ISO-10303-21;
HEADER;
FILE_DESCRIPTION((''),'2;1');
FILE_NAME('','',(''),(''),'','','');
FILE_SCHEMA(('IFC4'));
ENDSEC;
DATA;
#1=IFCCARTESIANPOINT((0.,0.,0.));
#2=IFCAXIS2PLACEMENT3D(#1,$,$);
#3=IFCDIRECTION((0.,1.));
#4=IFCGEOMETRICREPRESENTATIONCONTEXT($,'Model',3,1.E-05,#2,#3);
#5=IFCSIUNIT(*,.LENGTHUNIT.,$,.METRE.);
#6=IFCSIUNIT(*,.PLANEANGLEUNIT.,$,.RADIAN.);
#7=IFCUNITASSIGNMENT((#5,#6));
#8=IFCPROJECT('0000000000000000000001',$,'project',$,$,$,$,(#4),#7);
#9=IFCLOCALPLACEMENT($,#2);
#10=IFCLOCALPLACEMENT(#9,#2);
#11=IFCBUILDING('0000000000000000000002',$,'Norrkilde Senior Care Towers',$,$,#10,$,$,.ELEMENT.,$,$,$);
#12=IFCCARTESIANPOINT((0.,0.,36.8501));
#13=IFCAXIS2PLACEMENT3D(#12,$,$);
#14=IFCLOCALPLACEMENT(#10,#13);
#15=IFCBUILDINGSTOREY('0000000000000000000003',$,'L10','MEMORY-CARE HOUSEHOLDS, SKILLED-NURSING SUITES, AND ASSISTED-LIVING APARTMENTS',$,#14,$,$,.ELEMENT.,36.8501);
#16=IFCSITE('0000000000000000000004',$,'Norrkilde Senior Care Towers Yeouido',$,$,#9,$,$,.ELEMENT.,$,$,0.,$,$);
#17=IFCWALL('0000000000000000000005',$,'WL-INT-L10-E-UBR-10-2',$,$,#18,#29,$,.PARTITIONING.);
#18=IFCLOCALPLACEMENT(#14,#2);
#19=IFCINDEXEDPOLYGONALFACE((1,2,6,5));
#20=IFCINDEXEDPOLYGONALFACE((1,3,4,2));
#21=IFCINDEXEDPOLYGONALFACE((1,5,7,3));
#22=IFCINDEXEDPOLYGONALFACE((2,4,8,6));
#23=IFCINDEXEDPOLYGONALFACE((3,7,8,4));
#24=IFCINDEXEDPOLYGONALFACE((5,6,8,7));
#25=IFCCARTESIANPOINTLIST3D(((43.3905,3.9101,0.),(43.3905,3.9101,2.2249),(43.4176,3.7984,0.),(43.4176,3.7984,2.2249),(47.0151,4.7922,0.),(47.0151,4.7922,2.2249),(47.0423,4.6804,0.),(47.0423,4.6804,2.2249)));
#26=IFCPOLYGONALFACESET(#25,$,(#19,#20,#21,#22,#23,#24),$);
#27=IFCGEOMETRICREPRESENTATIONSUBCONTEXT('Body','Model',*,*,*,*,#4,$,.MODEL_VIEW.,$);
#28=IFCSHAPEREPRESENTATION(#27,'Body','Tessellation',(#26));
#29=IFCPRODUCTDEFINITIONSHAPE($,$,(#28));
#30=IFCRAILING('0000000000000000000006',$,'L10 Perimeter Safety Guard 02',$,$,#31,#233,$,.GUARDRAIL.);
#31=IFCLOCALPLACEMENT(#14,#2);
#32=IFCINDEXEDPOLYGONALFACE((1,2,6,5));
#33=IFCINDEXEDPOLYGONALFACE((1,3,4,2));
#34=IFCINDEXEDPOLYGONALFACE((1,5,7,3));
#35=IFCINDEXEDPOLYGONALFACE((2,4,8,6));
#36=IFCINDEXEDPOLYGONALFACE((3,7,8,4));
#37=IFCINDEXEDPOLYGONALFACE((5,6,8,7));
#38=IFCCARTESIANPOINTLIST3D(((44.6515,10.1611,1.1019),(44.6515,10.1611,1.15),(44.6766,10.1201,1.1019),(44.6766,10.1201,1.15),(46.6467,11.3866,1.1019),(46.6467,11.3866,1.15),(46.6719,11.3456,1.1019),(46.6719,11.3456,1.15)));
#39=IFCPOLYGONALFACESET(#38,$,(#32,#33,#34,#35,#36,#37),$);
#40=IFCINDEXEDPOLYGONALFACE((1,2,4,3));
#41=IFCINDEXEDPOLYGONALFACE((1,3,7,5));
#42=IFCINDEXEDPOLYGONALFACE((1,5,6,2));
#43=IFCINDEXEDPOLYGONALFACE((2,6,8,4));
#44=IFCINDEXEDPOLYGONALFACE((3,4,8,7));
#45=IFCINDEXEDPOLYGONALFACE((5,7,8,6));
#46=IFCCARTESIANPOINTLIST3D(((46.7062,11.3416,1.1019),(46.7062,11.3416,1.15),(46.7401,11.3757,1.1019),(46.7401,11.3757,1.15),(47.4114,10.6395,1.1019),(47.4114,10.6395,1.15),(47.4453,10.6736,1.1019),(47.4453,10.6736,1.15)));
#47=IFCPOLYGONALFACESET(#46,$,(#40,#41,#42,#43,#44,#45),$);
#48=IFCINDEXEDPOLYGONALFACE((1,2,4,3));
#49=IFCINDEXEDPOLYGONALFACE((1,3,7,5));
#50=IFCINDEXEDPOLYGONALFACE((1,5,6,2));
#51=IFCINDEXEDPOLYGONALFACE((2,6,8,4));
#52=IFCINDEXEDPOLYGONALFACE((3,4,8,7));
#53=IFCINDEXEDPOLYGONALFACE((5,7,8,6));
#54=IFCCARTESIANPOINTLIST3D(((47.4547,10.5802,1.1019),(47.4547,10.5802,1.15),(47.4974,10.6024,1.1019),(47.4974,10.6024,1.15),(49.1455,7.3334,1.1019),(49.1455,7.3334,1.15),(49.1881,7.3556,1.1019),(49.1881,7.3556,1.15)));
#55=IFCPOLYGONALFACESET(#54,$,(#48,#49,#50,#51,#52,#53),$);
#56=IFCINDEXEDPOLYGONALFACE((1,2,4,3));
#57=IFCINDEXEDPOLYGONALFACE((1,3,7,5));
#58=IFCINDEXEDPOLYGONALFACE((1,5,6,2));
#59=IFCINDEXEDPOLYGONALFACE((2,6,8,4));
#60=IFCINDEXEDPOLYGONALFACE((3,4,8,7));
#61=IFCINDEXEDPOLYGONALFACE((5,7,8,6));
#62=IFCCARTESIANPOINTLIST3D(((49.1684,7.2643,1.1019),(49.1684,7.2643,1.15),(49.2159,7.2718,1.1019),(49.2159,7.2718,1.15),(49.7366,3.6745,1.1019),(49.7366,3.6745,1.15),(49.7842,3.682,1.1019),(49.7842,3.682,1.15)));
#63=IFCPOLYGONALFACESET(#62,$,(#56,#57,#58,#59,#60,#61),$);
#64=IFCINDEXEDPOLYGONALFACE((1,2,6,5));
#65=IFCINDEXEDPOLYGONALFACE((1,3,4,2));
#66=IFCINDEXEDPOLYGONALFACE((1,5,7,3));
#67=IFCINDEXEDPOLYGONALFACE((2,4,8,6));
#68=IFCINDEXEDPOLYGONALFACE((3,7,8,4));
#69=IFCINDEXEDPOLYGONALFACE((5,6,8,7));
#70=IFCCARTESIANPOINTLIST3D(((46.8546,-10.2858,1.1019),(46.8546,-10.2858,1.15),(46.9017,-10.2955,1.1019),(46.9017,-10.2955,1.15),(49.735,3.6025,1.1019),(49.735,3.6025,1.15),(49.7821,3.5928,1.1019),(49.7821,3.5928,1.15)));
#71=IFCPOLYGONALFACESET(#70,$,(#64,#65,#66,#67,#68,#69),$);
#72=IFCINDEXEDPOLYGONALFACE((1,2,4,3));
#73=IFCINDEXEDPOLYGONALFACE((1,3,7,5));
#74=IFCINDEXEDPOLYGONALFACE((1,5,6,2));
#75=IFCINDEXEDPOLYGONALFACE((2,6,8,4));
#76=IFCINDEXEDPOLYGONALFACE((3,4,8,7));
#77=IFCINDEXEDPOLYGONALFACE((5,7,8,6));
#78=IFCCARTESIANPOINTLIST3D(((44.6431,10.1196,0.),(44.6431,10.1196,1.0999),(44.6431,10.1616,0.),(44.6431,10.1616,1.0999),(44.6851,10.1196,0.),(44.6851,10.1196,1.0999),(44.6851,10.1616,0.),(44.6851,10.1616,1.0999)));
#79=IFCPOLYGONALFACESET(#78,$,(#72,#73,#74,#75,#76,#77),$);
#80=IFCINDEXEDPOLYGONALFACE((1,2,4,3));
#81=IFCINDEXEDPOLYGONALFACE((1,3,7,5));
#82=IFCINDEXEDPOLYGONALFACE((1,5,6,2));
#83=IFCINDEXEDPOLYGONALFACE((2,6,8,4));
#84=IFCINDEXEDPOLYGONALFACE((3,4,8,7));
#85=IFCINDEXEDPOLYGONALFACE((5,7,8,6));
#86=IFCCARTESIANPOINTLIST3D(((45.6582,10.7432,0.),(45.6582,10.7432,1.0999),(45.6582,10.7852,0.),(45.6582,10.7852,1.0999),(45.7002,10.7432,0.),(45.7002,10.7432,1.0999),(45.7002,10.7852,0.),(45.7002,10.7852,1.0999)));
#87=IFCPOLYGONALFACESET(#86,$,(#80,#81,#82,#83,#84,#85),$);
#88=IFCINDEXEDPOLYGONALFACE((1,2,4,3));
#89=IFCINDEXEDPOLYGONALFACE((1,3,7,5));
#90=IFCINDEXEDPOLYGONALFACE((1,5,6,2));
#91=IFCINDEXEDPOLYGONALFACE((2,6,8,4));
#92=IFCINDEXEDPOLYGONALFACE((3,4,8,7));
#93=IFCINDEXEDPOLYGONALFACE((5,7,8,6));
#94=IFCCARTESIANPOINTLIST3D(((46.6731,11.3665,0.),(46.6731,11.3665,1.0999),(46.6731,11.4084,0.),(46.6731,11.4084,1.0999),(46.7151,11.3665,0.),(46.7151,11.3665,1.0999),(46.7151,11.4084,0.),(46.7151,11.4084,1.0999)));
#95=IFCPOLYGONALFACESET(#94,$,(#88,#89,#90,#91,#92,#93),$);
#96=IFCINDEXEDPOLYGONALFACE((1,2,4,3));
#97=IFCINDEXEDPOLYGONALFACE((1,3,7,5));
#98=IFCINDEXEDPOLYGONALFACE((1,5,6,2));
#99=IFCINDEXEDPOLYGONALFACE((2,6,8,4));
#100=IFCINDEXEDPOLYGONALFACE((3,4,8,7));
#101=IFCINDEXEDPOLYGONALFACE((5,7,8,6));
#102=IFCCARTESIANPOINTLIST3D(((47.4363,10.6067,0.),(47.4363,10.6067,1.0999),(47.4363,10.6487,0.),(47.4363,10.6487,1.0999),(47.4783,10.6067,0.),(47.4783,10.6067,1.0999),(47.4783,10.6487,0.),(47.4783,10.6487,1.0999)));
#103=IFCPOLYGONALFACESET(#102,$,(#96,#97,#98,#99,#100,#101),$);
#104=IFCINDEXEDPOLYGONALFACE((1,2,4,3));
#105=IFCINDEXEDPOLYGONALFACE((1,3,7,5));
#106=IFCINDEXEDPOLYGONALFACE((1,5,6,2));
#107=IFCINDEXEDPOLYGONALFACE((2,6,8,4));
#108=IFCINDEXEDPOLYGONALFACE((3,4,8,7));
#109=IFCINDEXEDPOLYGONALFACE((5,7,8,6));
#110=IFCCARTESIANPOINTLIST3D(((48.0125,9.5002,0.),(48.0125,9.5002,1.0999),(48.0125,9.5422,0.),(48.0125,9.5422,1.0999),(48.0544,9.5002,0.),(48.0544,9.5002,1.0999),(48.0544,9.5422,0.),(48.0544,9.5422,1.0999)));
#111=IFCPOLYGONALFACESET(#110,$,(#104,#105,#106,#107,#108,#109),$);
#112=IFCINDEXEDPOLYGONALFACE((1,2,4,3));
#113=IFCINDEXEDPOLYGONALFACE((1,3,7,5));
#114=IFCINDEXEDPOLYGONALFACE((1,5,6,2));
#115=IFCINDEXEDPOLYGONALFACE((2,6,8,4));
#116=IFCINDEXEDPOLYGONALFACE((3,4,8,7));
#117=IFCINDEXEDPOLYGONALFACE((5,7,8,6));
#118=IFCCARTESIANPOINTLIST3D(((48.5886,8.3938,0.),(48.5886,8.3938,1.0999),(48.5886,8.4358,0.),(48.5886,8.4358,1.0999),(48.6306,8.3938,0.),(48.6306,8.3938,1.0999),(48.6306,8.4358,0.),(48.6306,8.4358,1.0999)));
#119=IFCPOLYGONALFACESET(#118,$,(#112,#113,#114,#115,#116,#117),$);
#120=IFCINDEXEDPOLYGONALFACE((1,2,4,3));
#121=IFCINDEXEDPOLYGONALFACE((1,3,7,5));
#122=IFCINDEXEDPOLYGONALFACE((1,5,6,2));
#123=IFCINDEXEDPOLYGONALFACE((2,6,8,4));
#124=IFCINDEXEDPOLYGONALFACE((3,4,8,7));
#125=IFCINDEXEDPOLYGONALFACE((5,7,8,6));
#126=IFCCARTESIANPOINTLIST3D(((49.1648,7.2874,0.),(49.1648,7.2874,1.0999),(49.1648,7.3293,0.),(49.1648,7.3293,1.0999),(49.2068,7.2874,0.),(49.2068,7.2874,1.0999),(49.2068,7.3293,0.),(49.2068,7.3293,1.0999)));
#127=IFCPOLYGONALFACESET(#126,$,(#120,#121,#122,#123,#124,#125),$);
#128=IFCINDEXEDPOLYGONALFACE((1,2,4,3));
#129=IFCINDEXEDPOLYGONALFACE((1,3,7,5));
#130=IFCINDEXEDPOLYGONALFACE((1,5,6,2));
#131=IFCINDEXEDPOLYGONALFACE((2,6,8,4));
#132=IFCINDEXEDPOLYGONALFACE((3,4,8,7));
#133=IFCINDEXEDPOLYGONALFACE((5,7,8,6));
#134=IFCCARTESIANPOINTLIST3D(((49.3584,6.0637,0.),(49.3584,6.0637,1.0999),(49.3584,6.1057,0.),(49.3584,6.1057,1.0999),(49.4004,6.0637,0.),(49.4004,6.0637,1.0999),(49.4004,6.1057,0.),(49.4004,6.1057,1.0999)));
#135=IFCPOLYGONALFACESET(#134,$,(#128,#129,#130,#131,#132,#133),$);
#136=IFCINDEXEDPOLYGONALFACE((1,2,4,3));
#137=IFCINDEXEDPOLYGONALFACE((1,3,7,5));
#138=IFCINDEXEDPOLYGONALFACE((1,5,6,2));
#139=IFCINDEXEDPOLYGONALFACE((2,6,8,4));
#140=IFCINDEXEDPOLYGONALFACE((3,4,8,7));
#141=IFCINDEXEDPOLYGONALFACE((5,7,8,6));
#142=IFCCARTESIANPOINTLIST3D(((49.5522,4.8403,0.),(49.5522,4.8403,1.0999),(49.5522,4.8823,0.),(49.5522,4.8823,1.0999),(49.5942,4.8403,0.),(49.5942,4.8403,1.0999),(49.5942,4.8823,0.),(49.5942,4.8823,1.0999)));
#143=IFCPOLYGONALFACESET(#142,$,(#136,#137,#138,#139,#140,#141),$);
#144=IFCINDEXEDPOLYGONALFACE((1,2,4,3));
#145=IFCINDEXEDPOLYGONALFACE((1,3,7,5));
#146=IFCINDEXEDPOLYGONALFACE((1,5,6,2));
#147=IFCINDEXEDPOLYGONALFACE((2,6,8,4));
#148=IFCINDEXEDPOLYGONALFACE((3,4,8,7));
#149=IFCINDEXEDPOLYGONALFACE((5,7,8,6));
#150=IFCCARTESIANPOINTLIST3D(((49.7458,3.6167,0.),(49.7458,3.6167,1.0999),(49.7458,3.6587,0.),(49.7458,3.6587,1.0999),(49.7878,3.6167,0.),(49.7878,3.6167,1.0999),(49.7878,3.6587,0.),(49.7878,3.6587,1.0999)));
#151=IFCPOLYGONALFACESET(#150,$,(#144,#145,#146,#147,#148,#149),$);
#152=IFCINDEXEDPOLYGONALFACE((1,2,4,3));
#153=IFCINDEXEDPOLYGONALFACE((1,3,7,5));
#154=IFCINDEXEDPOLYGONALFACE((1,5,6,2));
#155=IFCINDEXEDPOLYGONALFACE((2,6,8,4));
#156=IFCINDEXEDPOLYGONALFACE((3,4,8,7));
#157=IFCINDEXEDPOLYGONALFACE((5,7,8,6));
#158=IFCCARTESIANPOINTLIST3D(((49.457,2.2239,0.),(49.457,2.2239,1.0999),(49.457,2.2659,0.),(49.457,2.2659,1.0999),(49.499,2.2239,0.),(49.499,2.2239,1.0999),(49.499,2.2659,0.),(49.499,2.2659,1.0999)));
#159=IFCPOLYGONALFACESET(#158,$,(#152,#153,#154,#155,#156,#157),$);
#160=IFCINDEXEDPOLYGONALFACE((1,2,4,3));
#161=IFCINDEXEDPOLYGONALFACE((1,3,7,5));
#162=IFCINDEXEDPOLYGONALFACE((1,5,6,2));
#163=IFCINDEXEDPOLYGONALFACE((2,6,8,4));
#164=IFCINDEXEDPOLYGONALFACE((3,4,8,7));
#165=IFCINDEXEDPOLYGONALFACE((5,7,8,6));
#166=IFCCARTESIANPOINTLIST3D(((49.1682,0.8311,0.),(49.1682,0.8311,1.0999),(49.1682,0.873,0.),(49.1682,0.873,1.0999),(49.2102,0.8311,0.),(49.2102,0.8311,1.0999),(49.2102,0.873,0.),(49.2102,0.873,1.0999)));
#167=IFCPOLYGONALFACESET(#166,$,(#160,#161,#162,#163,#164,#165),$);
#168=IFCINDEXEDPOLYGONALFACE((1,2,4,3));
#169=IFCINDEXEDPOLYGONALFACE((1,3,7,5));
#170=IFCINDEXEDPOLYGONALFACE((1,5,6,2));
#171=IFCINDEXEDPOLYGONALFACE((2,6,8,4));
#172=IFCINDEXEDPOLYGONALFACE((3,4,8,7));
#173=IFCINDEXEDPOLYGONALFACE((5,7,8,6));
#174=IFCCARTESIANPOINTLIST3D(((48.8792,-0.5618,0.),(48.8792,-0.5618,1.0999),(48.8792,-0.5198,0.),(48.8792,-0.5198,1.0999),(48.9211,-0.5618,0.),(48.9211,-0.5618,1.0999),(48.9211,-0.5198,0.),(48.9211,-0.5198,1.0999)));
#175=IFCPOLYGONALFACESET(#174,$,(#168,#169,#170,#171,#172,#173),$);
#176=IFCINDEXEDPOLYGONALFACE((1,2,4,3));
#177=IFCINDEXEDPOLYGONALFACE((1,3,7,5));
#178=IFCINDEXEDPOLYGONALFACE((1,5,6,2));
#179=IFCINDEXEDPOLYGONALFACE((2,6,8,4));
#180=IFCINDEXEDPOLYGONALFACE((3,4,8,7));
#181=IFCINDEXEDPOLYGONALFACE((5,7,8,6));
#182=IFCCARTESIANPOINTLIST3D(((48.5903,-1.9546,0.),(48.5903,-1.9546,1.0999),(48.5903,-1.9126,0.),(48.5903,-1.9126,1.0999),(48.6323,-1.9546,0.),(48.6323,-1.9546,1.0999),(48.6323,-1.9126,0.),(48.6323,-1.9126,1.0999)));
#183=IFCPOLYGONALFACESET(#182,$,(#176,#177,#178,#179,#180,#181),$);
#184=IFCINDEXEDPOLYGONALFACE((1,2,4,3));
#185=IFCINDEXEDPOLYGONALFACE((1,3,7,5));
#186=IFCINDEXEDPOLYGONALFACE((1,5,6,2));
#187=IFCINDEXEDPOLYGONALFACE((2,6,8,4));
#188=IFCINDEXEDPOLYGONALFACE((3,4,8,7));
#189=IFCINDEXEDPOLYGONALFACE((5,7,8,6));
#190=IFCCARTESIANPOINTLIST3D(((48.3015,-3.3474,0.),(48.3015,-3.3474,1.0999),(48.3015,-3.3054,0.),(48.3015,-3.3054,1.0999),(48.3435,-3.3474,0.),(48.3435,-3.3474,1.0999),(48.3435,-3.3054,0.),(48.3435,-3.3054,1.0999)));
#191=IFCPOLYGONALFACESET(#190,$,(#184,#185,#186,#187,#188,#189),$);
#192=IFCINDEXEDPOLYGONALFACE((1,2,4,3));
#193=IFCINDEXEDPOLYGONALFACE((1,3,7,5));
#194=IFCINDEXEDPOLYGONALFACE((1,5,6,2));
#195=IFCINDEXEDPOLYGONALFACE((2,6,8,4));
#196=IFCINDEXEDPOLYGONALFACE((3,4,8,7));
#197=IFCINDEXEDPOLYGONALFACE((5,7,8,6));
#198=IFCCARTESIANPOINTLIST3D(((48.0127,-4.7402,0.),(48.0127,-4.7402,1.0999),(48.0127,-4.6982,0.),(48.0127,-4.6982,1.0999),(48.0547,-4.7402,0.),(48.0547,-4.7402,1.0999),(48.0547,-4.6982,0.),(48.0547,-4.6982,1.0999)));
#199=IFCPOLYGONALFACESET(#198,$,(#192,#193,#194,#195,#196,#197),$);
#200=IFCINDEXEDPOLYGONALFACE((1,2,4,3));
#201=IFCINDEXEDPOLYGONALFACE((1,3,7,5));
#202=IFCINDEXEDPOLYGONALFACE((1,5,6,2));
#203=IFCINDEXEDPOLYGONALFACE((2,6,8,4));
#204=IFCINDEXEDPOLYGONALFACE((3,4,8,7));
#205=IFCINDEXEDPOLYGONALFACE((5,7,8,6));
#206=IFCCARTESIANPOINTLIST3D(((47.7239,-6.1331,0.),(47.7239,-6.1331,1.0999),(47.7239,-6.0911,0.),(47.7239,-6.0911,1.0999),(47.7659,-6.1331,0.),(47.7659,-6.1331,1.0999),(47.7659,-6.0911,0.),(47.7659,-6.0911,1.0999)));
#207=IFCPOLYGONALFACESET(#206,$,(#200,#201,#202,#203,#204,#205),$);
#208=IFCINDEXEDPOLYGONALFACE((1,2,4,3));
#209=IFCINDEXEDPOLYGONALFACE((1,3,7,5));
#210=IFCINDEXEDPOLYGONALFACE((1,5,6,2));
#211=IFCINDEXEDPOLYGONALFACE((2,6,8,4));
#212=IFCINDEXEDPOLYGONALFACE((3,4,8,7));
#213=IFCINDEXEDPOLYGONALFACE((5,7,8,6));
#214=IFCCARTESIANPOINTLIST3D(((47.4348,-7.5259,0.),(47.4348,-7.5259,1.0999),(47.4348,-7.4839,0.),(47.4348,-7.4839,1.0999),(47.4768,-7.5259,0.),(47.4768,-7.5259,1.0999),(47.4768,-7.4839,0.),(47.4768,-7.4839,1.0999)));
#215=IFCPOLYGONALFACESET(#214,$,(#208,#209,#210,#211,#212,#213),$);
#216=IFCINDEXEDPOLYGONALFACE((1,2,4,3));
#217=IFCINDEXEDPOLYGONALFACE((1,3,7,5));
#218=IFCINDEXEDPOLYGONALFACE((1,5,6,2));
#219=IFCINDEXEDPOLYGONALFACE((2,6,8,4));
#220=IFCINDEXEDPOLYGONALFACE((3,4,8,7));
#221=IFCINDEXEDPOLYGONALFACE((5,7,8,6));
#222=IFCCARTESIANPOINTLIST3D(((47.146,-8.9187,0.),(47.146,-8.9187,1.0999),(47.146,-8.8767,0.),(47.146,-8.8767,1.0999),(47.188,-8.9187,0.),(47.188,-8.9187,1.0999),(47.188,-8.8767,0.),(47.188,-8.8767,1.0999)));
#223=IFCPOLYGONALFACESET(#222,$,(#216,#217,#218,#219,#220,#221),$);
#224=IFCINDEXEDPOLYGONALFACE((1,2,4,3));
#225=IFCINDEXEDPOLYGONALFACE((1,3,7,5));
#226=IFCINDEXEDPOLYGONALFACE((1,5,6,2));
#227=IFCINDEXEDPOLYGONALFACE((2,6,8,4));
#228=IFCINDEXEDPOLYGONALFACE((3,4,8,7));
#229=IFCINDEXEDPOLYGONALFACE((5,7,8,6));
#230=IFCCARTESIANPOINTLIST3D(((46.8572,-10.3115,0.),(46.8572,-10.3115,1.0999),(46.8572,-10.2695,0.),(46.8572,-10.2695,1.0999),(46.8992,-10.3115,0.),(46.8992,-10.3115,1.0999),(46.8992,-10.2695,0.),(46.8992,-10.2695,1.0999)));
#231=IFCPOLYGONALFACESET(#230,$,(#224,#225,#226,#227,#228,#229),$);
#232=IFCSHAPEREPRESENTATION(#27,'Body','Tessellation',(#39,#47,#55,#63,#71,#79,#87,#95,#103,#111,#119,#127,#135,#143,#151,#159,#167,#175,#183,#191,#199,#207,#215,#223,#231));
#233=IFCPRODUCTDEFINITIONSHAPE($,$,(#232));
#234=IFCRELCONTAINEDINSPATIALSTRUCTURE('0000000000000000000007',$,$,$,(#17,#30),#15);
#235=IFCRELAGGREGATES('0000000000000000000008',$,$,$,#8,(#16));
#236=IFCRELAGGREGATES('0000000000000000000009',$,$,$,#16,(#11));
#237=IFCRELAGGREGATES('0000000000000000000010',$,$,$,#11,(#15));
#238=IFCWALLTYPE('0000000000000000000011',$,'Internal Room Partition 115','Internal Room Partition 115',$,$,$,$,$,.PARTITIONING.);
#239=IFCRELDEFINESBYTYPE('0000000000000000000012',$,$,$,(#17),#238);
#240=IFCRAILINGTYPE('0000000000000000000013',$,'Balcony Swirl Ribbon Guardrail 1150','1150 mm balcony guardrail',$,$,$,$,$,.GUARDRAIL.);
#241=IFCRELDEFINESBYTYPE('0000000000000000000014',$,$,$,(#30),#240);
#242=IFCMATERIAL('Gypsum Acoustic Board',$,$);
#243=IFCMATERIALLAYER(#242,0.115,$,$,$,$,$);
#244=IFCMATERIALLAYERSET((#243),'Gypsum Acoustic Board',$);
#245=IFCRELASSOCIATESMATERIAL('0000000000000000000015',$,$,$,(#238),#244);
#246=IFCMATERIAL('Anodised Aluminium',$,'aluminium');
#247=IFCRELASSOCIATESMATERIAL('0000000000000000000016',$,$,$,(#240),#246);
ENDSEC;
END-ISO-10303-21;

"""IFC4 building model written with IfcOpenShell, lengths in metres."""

from ifc_helpers import new_model, si_unit, direction, frame, frame_2d, origin, origin_2d, place, context, subcontext, project, spatial, rectangle, extrude, source, transform, mapped, material, layer, layer_set, type_object, element, save


model = new_model("IFC4")

# Units and contexts
model_context = context("Model", 3, precision=1e-05, world=origin(), true_north=direction((0.0, 1.0)))
body_context = subcontext(model_context, "Body", "Model", "MODEL_VIEW")
ifc_project = project(units=[si_unit("LENGTHUNIT", "METRE"), si_unit("PLANEANGLEUNIT", "RADIAN")], contexts=[model_context])

# Site, building, storey
site_placement = place(None, origin())
site = spatial("IfcSite", under=ifc_project, at=site_placement, Name="Norrkilde Senior Care Towers Yeouido", CompositionType="ELEMENT", RefElevation=0.0)
building_placement = place(site_placement, origin())
building = spatial("IfcBuilding", under=site, at=building_placement, Name="Norrkilde Senior Care Towers", CompositionType="ELEMENT")
storey_placement = place(building_placement, frame((0.0, 0.0, 36.8501)))
storey = spatial("IfcBuildingStorey", under=building, at=storey_placement, Name="L10", Description="MEMORY-CARE HOUSEHOLDS, SKILLED-NURSING SUITES, AND ASSISTED-LIVING APARTMENTS", CompositionType="ELEMENT", Elevation=36.8501)

# Shared definitions
ifc_material_1 = material(Name="Anodised Aluminium", Category="aluminium")

# Shared definitions
ifc_material_2 = material(Name="Gypsum Acoustic Board")

# Shared definitions
ifc_layer_1 = layer(ifc_material_2, 0.115)
ifc_layer_set_1 = layer_set([ifc_layer_1], Name="Gypsum Acoustic Board")
wall_type_1 = type_object("IfcWallType", Name="Internal Room Partition 115", Description="Internal Room Partition 115", PredefinedType="PARTITIONING", material=ifc_layer_set_1)

# Wall
shared_shape_1 = source(origin(), body_context, "Body", "SweptSolid", [
    extrude(rectangle(XDim=3.7305, YDim=0.115, at=frame_2d((1.8652, 0.0))), origin(), (0.0, 0.0, 1.0), 2.2249),
])
wall_1_placement = place(storey_placement, frame((43.4041, 3.8542, 0.0), z_axis=(0.0, 0.0, 1.0), x_axis=(0.971644, 0.236448, 0.0)))
element("IfcWall", 1, at=wall_1_placement, inside=storey, type_object=wall_type_1, Name="WL-INT-L10-E-UBR-10-2", PredefinedType="PARTITIONING", context=body_context, shape_type="MappedRepresentation", body=[
    mapped(shared_shape_1, transform((0.0, 0.0, 0.0), x_axis=(1.0, 0.0, 0.0), y_axis=(0.0, 1.0, 0.0), z_axis=(0.0, 0.0, 1.0), scale=1.0)),
])

# Railing
railing_type = type_object("IfcRailingType", Name="Balcony Swirl Ribbon Guardrail 1150", Description="1150 mm balcony guardrail", PredefinedType="GUARDRAIL", material=ifc_material_1)
railing_placement = place(storey_placement, frame((44.6641, 10.1406, 0.0)))
element("IfcRailing", 2, at=railing_placement, inside=storey, type_object=railing_type, Name="L10 Perimeter Safety Guard 02", PredefinedType="GUARDRAIL", context=body_context, shape_type="SweptSolid", body=[
    extrude(rectangle(XDim=0.0481, YDim=0.0481, at=origin_2d()), frame((0.0, 0.0, 1.126), z_axis=(0.852112, 0.52336, 0.0), x_axis=(-0.52336, 0.852112, 0.0)), (0.0, 0.0, 1.0), 2.3416),
    extrude(rectangle(XDim=0.0481, YDim=0.0481, at=origin_2d()), frame((2.0591, 1.218, 1.126), z_axis=(0.708692, -0.705518, 0.0), x_axis=(0.705518, 0.708692, 0.0)), (0.0, 0.0, 1.0), 0.9951),
    extrude(rectangle(XDim=0.0481, YDim=0.0481, at=origin_2d()), frame((2.812, 0.4507, 1.126), z_axis=(0.46187, -0.886947, 0.0), x_axis=(0.886947, 0.46187, 0.0)), (0.0, 0.0, 1.0), 3.6606),
    extrude(rectangle(XDim=0.0481, YDim=0.0481, at=origin_2d()), frame((4.5281, -2.8726, 1.126), z_axis=(0.156351, -0.987702, 0.0), x_axis=(0.987702, 0.156351, 0.0)), (0.0, 0.0, 1.0), 3.6345),
    extrude(rectangle(XDim=0.0481, YDim=0.0481, at=origin_2d()), frame((5.0945, -6.543, 1.126), z_axis=(-0.203076, -0.979163, 0.0), x_axis=(0.979163, -0.203076, 0.0)), (0.0, 0.0, 1.0), 14.1838),
    extrude(rectangle(XDim=0.042, YDim=0.042, at=origin_2d()), origin(), (0.0, 0.0, 1.0), 1.0999),
    extrude(rectangle(XDim=0.042, YDim=0.042, at=origin_2d()), frame((1.0151, 0.6235, 0.0)), (0.0, 0.0, 1.0), 1.0999),
    extrude(rectangle(XDim=0.042, YDim=0.042, at=origin_2d()), frame((2.03, 1.2468, 0.0)), (0.0, 0.0, 1.0), 1.0999),
    extrude(rectangle(XDim=0.042, YDim=0.042, at=origin_2d()), frame((2.7932, 0.4871, 0.0)), (0.0, 0.0, 1.0), 1.0999),
    extrude(rectangle(XDim=0.042, YDim=0.042, at=origin_2d()), frame((3.3694, -0.6194, 0.0)), (0.0, 0.0, 1.0), 1.0999),
    extrude(rectangle(XDim=0.042, YDim=0.042, at=origin_2d()), frame((3.9456, -1.7258, 0.0)), (0.0, 0.0, 1.0), 1.0999),
    extrude(rectangle(XDim=0.042, YDim=0.042, at=origin_2d()), frame((4.5217, -2.8323, 0.0)), (0.0, 0.0, 1.0), 1.0999),
    extrude(rectangle(XDim=0.042, YDim=0.042, at=origin_2d()), frame((4.7153, -4.0559, 0.0)), (0.0, 0.0, 1.0), 1.0999),
    extrude(rectangle(XDim=0.042, YDim=0.042, at=origin_2d()), frame((4.9092, -5.2793, 0.0)), (0.0, 0.0, 1.0), 1.0999),
    extrude(rectangle(XDim=0.042, YDim=0.042, at=origin_2d()), frame((5.1028, -6.5029, 0.0)), (0.0, 0.0, 1.0), 1.0999),
    extrude(rectangle(XDim=0.042, YDim=0.042, at=origin_2d()), frame((4.814, -7.8958, 0.0)), (0.0, 0.0, 1.0), 1.0999),
    extrude(rectangle(XDim=0.042, YDim=0.042, at=origin_2d()), frame((4.5251, -9.2886, 0.0)), (0.0, 0.0, 1.0), 1.0999),
    extrude(rectangle(XDim=0.042, YDim=0.042, at=origin_2d()), frame((4.2361, -10.6814, 0.0)), (0.0, 0.0, 1.0), 1.0999),
    extrude(rectangle(XDim=0.042, YDim=0.042, at=origin_2d()), frame((3.9473, -12.0742, 0.0)), (0.0, 0.0, 1.0), 1.0999),
    extrude(rectangle(XDim=0.042, YDim=0.042, at=origin_2d()), frame((3.6584, -13.467, 0.0)), (0.0, 0.0, 1.0), 1.0999),
    extrude(rectangle(XDim=0.042, YDim=0.042, at=origin_2d()), frame((3.3696, -14.8599, 0.0)), (0.0, 0.0, 1.0), 1.0999),
    extrude(rectangle(XDim=0.042, YDim=0.042, at=origin_2d()), frame((3.0808, -16.2527, 0.0)), (0.0, 0.0, 1.0), 1.0999),
    extrude(rectangle(XDim=0.042, YDim=0.042, at=origin_2d()), frame((2.7917, -17.6455, 0.0)), (0.0, 0.0, 1.0), 1.0999),
    extrude(rectangle(XDim=0.042, YDim=0.042, at=origin_2d()), frame((2.5029, -19.0383, 0.0)), (0.0, 0.0, 1.0), 1.0999),
    extrude(rectangle(XDim=0.042, YDim=0.042, at=origin_2d()), frame((2.2141, -20.4312, 0.0)), (0.0, 0.0, 1.0), 1.0999),
])

save(model, "model.ifc")
